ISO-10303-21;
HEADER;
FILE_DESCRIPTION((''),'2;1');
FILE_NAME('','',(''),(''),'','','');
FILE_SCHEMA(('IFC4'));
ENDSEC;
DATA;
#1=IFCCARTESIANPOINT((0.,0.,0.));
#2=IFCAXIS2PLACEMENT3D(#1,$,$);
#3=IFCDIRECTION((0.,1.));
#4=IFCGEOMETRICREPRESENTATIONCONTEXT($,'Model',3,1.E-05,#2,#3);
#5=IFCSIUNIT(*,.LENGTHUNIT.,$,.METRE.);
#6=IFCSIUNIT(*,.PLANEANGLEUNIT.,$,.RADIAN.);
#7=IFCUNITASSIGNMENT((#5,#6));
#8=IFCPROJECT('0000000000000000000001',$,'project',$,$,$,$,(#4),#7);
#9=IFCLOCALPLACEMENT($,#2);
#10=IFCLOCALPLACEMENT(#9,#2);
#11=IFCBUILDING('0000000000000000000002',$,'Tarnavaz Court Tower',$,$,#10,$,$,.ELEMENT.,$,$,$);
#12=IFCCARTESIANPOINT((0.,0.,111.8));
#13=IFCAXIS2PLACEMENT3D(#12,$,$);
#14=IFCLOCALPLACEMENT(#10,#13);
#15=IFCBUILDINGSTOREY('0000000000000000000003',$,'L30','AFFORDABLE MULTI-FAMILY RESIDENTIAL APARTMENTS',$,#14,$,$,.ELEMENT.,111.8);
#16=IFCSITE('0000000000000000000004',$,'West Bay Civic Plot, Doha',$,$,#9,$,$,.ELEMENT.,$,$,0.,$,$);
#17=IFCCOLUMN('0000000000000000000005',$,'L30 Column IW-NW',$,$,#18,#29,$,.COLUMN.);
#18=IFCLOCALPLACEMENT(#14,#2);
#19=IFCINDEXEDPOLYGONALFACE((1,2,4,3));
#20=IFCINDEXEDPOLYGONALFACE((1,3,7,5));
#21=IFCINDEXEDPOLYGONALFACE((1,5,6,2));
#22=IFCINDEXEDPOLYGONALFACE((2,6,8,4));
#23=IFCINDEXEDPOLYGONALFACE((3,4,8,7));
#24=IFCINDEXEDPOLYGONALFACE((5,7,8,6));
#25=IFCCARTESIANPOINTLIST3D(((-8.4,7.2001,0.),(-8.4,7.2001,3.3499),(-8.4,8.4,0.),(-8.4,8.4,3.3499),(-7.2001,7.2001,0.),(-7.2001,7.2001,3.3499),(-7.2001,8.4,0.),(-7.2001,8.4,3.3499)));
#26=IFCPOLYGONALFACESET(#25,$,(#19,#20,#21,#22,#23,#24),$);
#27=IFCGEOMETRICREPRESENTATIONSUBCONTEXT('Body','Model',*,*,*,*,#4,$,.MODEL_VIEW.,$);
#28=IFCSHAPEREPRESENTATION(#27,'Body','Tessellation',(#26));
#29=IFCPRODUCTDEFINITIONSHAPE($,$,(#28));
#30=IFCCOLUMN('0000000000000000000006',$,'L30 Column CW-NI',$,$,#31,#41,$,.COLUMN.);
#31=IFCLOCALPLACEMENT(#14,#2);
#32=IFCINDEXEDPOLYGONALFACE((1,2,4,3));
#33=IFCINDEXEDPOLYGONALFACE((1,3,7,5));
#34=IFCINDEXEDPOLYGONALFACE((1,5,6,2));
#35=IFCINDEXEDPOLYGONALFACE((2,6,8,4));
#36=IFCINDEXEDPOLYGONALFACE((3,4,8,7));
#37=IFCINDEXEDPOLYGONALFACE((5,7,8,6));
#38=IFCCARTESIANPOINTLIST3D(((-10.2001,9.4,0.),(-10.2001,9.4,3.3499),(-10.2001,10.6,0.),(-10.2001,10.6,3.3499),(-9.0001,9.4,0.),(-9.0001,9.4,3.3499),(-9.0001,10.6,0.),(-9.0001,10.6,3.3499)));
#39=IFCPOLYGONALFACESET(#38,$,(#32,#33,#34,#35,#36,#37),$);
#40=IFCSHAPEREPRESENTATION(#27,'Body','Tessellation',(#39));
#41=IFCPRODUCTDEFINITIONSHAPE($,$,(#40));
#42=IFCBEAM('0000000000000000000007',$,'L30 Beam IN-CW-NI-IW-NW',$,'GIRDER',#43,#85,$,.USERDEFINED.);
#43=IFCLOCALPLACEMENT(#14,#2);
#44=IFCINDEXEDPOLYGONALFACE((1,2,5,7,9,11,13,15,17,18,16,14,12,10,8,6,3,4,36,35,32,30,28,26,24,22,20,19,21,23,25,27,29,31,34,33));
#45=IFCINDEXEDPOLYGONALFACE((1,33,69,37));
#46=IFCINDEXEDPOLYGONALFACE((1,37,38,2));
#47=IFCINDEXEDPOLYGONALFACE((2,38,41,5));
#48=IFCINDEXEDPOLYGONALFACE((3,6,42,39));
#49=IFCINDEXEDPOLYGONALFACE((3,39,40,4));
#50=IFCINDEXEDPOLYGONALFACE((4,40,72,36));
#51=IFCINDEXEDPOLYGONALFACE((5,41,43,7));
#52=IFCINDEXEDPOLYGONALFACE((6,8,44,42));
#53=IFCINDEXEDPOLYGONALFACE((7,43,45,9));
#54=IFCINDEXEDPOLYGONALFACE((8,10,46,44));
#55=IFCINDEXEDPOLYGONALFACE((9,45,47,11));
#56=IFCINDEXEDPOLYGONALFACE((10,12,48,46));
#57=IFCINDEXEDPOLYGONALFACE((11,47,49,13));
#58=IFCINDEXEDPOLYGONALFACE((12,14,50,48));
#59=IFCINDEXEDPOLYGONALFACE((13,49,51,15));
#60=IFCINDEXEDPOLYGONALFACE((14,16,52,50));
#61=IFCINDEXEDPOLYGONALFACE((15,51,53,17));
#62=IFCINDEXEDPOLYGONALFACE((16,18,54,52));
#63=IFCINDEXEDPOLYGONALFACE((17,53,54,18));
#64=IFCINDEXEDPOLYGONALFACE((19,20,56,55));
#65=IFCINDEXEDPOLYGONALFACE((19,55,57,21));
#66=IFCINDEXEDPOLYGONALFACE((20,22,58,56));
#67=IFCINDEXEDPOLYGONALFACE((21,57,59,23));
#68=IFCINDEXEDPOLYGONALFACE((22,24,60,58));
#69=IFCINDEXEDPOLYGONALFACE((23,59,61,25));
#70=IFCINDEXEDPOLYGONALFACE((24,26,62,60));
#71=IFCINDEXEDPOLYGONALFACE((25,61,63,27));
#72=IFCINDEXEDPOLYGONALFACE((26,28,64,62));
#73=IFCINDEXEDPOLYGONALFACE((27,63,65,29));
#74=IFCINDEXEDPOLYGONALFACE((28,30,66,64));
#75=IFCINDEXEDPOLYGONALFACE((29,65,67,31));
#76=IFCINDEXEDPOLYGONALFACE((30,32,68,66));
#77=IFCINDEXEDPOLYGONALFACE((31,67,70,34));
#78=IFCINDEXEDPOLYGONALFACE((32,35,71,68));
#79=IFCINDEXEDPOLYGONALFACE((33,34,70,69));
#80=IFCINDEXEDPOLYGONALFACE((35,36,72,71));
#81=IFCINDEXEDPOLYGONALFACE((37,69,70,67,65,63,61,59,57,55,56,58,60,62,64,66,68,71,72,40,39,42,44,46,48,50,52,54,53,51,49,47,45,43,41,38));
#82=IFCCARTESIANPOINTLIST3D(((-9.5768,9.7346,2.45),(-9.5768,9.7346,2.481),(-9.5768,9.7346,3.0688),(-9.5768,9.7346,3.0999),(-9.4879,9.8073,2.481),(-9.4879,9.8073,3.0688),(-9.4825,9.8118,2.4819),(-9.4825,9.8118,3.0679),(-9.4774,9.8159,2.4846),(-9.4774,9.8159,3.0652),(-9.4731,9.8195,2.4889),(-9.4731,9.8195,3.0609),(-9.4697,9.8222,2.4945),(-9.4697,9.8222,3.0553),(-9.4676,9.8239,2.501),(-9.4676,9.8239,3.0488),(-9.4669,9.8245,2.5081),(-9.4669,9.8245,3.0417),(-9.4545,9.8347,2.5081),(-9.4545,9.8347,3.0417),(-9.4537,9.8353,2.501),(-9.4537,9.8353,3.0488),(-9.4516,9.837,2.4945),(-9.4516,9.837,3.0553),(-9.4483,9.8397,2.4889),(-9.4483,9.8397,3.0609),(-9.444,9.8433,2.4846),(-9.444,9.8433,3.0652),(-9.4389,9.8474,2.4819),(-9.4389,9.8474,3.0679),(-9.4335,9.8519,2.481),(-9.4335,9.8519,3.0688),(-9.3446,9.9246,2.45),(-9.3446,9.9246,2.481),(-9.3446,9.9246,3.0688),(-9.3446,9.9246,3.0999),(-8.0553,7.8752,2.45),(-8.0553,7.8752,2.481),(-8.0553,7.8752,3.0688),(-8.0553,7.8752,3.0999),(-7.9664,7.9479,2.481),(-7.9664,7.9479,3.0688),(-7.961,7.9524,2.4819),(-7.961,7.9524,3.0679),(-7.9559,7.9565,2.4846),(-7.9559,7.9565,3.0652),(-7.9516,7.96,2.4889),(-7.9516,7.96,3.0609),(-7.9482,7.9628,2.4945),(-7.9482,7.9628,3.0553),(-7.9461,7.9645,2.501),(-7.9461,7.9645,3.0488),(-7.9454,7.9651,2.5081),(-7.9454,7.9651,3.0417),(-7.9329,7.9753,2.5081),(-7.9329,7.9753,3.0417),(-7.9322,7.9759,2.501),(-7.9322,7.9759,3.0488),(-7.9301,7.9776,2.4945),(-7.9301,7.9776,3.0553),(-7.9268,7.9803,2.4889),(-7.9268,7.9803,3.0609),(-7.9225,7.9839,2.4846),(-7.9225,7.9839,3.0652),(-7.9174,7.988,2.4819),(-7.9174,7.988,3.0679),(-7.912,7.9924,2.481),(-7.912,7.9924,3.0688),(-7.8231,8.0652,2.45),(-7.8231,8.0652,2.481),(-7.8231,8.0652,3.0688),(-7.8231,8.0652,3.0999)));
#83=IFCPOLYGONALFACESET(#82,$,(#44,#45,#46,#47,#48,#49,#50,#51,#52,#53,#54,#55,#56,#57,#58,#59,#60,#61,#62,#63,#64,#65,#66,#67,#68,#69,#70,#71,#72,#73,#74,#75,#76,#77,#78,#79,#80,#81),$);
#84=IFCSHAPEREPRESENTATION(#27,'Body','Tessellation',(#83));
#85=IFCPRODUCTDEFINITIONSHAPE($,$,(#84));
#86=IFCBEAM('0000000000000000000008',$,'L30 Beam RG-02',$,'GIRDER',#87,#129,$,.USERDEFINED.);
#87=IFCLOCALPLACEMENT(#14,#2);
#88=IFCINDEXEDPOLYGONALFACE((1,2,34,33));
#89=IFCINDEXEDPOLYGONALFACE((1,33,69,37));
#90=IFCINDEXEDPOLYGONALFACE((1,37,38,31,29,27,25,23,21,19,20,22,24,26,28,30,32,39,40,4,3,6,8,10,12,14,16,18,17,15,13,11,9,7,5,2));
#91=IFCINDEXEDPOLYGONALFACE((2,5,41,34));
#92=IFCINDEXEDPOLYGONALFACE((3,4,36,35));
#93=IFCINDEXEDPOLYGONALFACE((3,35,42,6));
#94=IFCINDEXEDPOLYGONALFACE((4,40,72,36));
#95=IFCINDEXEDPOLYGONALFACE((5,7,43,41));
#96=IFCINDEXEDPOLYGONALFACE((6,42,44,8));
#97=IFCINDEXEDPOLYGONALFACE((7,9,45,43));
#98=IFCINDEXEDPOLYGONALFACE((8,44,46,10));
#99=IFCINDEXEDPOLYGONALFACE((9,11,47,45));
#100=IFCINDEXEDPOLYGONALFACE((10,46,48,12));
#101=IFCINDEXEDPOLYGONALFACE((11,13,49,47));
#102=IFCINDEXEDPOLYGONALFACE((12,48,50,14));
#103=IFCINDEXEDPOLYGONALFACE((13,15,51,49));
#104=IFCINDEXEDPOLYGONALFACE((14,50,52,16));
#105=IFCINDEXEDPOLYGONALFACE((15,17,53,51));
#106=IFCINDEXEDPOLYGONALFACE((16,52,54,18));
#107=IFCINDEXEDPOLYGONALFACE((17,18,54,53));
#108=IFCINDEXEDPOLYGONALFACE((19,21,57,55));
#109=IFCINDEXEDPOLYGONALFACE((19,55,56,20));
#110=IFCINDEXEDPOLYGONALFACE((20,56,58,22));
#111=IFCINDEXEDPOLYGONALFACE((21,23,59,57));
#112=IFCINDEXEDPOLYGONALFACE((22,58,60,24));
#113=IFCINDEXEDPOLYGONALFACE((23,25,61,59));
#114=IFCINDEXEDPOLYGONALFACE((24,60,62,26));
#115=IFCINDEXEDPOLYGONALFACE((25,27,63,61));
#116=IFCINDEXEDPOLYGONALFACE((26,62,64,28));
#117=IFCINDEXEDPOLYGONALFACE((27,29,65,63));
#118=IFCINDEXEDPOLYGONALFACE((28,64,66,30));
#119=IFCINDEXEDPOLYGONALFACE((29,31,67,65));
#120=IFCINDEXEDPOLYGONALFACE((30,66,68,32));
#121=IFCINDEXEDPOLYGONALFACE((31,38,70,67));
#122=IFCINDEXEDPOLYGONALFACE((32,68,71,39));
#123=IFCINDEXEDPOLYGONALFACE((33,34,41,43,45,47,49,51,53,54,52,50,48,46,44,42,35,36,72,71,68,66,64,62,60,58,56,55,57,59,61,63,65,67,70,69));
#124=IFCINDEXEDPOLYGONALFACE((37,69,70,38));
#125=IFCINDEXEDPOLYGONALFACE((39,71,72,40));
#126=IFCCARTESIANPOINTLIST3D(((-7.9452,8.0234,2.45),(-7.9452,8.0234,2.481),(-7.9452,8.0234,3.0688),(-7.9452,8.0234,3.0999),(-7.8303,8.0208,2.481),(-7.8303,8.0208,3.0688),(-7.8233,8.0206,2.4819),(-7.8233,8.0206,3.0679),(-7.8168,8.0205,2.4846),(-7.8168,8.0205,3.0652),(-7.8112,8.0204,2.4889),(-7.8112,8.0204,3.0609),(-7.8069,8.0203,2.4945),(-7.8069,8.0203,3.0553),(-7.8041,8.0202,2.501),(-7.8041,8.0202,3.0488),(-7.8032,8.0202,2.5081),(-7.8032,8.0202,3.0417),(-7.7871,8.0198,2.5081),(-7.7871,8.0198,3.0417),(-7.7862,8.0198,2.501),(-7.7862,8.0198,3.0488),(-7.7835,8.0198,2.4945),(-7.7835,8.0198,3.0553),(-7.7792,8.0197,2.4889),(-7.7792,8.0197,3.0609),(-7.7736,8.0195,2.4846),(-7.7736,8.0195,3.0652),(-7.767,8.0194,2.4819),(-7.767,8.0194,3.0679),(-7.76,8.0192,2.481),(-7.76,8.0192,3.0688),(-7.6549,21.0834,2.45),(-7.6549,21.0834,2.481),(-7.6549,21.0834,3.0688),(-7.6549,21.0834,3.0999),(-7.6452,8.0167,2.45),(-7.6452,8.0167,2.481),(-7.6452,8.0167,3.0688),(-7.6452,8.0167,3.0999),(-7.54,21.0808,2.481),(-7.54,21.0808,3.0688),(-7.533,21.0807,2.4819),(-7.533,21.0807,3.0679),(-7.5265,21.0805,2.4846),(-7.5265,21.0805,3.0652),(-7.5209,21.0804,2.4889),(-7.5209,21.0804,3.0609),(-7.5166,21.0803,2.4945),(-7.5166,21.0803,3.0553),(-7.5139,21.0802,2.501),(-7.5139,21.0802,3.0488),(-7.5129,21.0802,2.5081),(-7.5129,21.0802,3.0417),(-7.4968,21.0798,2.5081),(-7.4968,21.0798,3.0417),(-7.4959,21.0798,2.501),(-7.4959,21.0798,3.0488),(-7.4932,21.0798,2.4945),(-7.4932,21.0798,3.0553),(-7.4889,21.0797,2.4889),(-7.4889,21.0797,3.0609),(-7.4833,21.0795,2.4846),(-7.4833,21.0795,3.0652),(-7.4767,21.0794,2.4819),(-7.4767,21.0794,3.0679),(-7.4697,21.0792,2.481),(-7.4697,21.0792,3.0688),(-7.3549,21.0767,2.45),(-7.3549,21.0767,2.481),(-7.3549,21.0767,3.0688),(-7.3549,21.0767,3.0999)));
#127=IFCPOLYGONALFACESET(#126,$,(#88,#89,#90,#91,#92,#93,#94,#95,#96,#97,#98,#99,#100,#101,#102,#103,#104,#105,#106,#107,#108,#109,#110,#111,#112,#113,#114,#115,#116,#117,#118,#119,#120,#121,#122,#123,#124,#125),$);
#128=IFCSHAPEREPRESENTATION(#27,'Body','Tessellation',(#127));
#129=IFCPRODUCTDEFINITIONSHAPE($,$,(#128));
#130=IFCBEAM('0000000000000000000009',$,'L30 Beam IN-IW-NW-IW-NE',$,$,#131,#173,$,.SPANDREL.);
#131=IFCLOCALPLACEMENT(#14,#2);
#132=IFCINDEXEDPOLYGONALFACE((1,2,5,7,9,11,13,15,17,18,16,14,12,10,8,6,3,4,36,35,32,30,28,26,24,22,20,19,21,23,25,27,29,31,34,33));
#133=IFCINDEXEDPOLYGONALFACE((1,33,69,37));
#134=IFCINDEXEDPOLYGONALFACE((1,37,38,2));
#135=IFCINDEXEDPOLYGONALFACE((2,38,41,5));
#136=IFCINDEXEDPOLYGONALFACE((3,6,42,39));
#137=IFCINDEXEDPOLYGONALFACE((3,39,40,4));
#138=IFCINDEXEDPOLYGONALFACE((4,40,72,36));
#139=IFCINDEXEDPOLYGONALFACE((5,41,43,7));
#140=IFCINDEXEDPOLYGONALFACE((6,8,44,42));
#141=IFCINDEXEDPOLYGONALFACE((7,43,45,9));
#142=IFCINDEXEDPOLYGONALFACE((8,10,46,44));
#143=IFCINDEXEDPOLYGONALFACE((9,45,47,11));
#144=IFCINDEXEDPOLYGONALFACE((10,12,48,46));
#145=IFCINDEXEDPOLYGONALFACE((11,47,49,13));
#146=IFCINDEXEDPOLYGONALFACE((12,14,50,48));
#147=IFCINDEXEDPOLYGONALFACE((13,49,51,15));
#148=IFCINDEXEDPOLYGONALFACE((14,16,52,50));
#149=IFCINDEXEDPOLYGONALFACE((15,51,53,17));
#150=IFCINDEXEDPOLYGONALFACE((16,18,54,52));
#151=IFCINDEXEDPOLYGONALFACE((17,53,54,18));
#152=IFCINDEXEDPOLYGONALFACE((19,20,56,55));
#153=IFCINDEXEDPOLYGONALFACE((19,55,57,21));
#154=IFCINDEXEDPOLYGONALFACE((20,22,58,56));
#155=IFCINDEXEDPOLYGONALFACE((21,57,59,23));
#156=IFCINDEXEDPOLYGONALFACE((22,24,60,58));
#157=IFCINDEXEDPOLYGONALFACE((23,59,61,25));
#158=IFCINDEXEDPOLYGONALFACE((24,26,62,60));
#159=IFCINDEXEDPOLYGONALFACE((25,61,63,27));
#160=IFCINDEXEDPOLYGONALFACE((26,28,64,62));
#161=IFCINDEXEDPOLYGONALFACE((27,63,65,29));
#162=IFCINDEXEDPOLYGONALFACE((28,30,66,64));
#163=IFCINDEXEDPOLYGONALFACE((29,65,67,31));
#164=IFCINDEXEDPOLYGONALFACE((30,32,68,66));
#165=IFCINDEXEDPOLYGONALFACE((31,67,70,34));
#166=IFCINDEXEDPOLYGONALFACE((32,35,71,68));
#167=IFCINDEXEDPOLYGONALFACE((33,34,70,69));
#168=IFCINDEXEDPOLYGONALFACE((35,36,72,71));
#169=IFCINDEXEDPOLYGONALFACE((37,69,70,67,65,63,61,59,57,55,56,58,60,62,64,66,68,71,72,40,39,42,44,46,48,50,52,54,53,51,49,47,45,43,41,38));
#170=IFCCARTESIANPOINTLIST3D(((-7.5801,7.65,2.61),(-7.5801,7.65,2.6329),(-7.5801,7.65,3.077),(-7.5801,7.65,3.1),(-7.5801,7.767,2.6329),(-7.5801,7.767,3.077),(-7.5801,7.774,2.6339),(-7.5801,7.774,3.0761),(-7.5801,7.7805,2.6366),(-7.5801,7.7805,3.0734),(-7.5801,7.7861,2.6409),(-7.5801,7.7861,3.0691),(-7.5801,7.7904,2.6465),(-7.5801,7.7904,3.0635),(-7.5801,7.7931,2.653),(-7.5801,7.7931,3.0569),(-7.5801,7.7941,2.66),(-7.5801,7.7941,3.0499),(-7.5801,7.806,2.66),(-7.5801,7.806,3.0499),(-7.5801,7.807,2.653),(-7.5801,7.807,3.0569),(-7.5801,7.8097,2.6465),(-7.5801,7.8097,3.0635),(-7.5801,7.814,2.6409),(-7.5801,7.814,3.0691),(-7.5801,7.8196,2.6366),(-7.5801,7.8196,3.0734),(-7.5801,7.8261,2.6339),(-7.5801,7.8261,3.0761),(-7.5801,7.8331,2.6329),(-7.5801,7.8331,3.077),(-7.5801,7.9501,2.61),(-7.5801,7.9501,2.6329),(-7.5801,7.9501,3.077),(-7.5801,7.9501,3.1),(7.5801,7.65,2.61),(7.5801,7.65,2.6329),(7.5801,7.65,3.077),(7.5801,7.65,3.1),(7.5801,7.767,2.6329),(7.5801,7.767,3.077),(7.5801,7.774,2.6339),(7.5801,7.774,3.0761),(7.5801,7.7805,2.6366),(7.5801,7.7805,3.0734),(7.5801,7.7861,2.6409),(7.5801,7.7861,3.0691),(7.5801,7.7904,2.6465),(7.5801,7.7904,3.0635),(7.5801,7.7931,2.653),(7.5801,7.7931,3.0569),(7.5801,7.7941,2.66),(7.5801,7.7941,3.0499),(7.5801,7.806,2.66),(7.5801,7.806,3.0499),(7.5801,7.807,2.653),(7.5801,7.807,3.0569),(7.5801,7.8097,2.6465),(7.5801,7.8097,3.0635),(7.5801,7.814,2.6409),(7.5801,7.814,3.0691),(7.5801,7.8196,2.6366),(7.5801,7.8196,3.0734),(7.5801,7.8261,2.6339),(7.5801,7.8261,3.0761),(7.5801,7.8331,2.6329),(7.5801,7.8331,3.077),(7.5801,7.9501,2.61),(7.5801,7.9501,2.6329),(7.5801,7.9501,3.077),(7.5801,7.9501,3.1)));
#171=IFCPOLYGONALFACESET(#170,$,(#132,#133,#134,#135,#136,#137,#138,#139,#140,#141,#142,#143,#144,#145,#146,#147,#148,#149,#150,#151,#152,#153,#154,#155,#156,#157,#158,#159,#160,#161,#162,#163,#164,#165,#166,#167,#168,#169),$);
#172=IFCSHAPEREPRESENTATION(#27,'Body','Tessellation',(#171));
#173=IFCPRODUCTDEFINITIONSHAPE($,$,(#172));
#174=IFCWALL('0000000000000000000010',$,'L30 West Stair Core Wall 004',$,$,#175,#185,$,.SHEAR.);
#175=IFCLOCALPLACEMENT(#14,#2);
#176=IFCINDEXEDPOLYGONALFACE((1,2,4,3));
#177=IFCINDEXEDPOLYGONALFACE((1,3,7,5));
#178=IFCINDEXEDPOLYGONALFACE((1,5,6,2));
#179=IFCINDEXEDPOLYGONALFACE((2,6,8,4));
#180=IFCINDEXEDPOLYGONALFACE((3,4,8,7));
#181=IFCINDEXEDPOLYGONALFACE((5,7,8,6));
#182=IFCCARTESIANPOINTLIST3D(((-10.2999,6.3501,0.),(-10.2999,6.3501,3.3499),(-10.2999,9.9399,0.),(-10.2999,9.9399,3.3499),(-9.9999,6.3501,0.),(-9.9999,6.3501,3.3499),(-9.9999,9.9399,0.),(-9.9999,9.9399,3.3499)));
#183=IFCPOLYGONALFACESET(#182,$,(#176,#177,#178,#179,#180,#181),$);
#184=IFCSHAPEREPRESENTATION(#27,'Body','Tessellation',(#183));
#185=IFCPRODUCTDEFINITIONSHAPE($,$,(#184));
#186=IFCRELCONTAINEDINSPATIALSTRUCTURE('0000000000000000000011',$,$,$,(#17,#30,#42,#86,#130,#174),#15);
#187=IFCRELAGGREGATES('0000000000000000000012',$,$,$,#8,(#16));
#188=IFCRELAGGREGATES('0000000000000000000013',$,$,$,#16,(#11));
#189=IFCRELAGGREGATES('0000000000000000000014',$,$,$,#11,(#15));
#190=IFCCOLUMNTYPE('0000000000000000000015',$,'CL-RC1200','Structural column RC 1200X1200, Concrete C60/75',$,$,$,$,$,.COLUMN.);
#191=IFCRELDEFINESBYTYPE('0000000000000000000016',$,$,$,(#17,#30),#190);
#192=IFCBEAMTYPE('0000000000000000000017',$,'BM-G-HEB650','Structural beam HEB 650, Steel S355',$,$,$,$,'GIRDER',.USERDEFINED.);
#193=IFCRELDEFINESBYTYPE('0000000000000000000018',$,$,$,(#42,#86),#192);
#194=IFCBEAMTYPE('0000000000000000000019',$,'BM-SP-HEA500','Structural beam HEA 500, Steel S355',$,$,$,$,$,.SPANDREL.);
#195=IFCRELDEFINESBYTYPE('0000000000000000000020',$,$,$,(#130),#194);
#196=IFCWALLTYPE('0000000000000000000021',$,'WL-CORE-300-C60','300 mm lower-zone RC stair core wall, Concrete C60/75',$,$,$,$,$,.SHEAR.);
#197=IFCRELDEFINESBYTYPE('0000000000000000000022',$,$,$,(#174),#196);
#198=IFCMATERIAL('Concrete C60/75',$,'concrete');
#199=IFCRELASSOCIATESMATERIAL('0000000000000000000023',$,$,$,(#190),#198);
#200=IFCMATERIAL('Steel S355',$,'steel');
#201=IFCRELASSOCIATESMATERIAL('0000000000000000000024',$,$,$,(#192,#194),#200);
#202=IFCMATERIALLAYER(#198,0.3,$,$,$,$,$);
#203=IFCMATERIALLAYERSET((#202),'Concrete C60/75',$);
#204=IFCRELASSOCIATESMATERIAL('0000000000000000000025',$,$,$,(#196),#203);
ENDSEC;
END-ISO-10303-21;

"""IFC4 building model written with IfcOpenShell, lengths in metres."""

from ifc_helpers import new_model, si_unit, direction, frame, frame_2d, origin, origin_2d, place, context, subcontext, project, spatial, rectangle, i_section, extrude, material, layer, layer_set, material_profile, profile_set, type_object, element, save


model = new_model("IFC4")

# Units and contexts
model_context = context("Model", 3, precision=1e-05, world=origin(), true_north=direction((0.0, 1.0)))
body_context = subcontext(model_context, "Body", "Model", "MODEL_VIEW")
ifc_project = project(units=[si_unit("LENGTHUNIT", "METRE"), si_unit("PLANEANGLEUNIT", "RADIAN")], contexts=[model_context])

# Site, building, storey
site_placement = place(None, origin())
site = spatial("IfcSite", under=ifc_project, at=site_placement, Name="West Bay Civic Plot, Doha", CompositionType="ELEMENT", RefElevation=0.0)
building_placement = place(site_placement, origin())
building = spatial("IfcBuilding", under=site, at=building_placement, Name="Tarnavaz Court Tower", CompositionType="ELEMENT")
storey_placement = place(building_placement, frame((0.0, 0.0, 111.8)))
storey = spatial("IfcBuildingStorey", under=building, at=storey_placement, Name="L30", Description="AFFORDABLE MULTI-FAMILY RESIDENTIAL APARTMENTS", CompositionType="ELEMENT", Elevation=111.8)

# Columns
ifc_material_1 = material(Name="Concrete C60/75", Category="concrete")
ifc_material_profile_1 = material_profile(ifc_material_1, rectangle(XDim=1.2, YDim=1.2, at=origin_2d()), Name="RC 1200X1200")
ifc_profile_set_1 = profile_set([ifc_material_profile_1], Name="Concrete C60/75")
column_type = type_object("IfcColumnType", Name="CL-RC1200", Description="Structural column RC 1200X1200, Concrete C60/75", PredefinedType="COLUMN", material=ifc_profile_set_1)
for number, where, z_axis, x_axis, name in (
    (1, (-7.8, 7.8, 0.0), (0.0, 0.0, 1.0), (1.0, 0.0, 0.0), "L30 Column IW-NW"),
    (2, (-9.6001, 10.0, 0.0), (0.0, 0.0, 1.0), (1.0, 0.0, 0.0), "L30 Column CW-NI"),
):
    element("IfcColumn", number, at=place(storey_placement, frame(where, z_axis=z_axis, x_axis=x_axis)), inside=storey, type_object=column_type, Name=name, PredefinedType="COLUMN", context=body_context, shape_type="SweptSolid", body=[
        extrude(rectangle(XDim=1.2, YDim=1.2, at=origin_2d()), origin(), (0.0, 0.0, 1.0), 3.3499),
    ])

# Beams
ifc_material_2 = material(Name="Steel S355", Category="steel")
ifc_material_profile_2 = material_profile(ifc_material_2, i_section(OverallWidth=0.3, OverallDepth=0.6499, WebThickness=0.0161, FlangeThickness=0.031, FilletRadius=0.0271, at=origin_2d()), Name="HEB 650")
ifc_profile_set_2 = profile_set([ifc_material_profile_2], Name="Steel S355")
beam_type_1 = type_object("IfcBeamType", Name="BM-G-HEB650", Description="Structural beam HEB 650, Steel S355", ElementType="GIRDER", PredefinedType="USERDEFINED", material=ifc_profile_set_2)
beam_1_placement = place(storey_placement, frame((-9.4607, 9.8296, 2.7749), z_axis=(0.633282, -0.773921, 0.0), x_axis=(0.773921, 0.633282, 0.0)))
element("IfcBeam", 3, at=beam_1_placement, inside=storey, type_object=beam_type_1, Name="L30 Beam IN-CW-NI-IW-NW", ObjectType="GIRDER", PredefinedType="USERDEFINED", context=body_context, shape_type="SweptSolid", body=[
    extrude(i_section(OverallWidth=0.3, OverallDepth=0.6499, WebThickness=0.0161, FlangeThickness=0.031, FilletRadius=0.0271, at=origin_2d()), origin(), (0.0, 0.0, 1.0), 2.4026),
])
beam_2_placement = place(storey_placement, frame((-7.7952, 8.02, 2.7749), z_axis=(0.022221, 0.999753, 0.0), x_axis=(-0.999753, 0.022221, 0.0)))
element("IfcBeam", 4, at=beam_2_placement, inside=storey, type_object=beam_type_1, Name="L30 Beam RG-02", ObjectType="GIRDER", PredefinedType="USERDEFINED", context=body_context, shape_type="SweptSolid", body=[
    extrude(i_section(OverallWidth=0.3, OverallDepth=0.6499, WebThickness=0.0161, FlangeThickness=0.031, FilletRadius=0.0271, at=origin_2d()), origin(), (0.0, 0.0, 1.0), 13.0632),
])
ifc_material_profile_3 = material_profile(ifc_material_2, i_section(OverallWidth=0.3, OverallDepth=0.49, WebThickness=0.012, FlangeThickness=0.0229, FilletRadius=0.0271, at=origin_2d()), Name="HEA 500")
ifc_profile_set_3 = profile_set([ifc_material_profile_3], Name="Steel S355")
beam_type_2 = type_object("IfcBeamType", Name="BM-SP-HEA500", Description="Structural beam HEA 500, Steel S355", PredefinedType="SPANDREL", material=ifc_profile_set_3)
beam_3_placement = place(storey_placement, frame((-7.5801, 7.8, 2.855), z_axis=(1.0, 0.0, 0.0), x_axis=(0.0, 1.0, 0.0)))
element("IfcBeam", 5, at=beam_3_placement, inside=storey, type_object=beam_type_2, Name="L30 Beam IN-IW-NW-IW-NE", PredefinedType="SPANDREL", context=body_context, shape_type="SweptSolid", body=[
    extrude(i_section(OverallWidth=0.3, OverallDepth=0.49, WebThickness=0.012, FlangeThickness=0.0229, FilletRadius=0.0271, at=origin_2d()), origin(), (0.0, 0.0, 1.0), 15.1602),
])

# Wall
ifc_layer_1 = layer(ifc_material_1, 0.3)
ifc_layer_set_1 = layer_set([ifc_layer_1], Name="Concrete C60/75")
wall_type_1 = type_object("IfcWallType", Name="WL-CORE-300-C60", Description="300 mm lower-zone RC stair core wall, Concrete C60/75", PredefinedType="SHEAR", material=ifc_layer_set_1)
wall_1_placement = place(storey_placement, frame((-10.1499, 6.3501, 0.0), z_axis=(0.0, 0.0, 1.0), x_axis=(0.0, 1.0, 0.0)))
element("IfcWall", 6, at=wall_1_placement, inside=storey, type_object=wall_type_1, Name="L30 West Stair Core Wall 004", PredefinedType="SHEAR", context=body_context, shape_type="SweptSolid", body=[
    extrude(rectangle(XDim=3.5898, YDim=0.3, at=frame_2d((1.7949, 0.0))), origin(), (0.0, 0.0, 1.0), 3.3499),
])

save(model, "model.ifc")
